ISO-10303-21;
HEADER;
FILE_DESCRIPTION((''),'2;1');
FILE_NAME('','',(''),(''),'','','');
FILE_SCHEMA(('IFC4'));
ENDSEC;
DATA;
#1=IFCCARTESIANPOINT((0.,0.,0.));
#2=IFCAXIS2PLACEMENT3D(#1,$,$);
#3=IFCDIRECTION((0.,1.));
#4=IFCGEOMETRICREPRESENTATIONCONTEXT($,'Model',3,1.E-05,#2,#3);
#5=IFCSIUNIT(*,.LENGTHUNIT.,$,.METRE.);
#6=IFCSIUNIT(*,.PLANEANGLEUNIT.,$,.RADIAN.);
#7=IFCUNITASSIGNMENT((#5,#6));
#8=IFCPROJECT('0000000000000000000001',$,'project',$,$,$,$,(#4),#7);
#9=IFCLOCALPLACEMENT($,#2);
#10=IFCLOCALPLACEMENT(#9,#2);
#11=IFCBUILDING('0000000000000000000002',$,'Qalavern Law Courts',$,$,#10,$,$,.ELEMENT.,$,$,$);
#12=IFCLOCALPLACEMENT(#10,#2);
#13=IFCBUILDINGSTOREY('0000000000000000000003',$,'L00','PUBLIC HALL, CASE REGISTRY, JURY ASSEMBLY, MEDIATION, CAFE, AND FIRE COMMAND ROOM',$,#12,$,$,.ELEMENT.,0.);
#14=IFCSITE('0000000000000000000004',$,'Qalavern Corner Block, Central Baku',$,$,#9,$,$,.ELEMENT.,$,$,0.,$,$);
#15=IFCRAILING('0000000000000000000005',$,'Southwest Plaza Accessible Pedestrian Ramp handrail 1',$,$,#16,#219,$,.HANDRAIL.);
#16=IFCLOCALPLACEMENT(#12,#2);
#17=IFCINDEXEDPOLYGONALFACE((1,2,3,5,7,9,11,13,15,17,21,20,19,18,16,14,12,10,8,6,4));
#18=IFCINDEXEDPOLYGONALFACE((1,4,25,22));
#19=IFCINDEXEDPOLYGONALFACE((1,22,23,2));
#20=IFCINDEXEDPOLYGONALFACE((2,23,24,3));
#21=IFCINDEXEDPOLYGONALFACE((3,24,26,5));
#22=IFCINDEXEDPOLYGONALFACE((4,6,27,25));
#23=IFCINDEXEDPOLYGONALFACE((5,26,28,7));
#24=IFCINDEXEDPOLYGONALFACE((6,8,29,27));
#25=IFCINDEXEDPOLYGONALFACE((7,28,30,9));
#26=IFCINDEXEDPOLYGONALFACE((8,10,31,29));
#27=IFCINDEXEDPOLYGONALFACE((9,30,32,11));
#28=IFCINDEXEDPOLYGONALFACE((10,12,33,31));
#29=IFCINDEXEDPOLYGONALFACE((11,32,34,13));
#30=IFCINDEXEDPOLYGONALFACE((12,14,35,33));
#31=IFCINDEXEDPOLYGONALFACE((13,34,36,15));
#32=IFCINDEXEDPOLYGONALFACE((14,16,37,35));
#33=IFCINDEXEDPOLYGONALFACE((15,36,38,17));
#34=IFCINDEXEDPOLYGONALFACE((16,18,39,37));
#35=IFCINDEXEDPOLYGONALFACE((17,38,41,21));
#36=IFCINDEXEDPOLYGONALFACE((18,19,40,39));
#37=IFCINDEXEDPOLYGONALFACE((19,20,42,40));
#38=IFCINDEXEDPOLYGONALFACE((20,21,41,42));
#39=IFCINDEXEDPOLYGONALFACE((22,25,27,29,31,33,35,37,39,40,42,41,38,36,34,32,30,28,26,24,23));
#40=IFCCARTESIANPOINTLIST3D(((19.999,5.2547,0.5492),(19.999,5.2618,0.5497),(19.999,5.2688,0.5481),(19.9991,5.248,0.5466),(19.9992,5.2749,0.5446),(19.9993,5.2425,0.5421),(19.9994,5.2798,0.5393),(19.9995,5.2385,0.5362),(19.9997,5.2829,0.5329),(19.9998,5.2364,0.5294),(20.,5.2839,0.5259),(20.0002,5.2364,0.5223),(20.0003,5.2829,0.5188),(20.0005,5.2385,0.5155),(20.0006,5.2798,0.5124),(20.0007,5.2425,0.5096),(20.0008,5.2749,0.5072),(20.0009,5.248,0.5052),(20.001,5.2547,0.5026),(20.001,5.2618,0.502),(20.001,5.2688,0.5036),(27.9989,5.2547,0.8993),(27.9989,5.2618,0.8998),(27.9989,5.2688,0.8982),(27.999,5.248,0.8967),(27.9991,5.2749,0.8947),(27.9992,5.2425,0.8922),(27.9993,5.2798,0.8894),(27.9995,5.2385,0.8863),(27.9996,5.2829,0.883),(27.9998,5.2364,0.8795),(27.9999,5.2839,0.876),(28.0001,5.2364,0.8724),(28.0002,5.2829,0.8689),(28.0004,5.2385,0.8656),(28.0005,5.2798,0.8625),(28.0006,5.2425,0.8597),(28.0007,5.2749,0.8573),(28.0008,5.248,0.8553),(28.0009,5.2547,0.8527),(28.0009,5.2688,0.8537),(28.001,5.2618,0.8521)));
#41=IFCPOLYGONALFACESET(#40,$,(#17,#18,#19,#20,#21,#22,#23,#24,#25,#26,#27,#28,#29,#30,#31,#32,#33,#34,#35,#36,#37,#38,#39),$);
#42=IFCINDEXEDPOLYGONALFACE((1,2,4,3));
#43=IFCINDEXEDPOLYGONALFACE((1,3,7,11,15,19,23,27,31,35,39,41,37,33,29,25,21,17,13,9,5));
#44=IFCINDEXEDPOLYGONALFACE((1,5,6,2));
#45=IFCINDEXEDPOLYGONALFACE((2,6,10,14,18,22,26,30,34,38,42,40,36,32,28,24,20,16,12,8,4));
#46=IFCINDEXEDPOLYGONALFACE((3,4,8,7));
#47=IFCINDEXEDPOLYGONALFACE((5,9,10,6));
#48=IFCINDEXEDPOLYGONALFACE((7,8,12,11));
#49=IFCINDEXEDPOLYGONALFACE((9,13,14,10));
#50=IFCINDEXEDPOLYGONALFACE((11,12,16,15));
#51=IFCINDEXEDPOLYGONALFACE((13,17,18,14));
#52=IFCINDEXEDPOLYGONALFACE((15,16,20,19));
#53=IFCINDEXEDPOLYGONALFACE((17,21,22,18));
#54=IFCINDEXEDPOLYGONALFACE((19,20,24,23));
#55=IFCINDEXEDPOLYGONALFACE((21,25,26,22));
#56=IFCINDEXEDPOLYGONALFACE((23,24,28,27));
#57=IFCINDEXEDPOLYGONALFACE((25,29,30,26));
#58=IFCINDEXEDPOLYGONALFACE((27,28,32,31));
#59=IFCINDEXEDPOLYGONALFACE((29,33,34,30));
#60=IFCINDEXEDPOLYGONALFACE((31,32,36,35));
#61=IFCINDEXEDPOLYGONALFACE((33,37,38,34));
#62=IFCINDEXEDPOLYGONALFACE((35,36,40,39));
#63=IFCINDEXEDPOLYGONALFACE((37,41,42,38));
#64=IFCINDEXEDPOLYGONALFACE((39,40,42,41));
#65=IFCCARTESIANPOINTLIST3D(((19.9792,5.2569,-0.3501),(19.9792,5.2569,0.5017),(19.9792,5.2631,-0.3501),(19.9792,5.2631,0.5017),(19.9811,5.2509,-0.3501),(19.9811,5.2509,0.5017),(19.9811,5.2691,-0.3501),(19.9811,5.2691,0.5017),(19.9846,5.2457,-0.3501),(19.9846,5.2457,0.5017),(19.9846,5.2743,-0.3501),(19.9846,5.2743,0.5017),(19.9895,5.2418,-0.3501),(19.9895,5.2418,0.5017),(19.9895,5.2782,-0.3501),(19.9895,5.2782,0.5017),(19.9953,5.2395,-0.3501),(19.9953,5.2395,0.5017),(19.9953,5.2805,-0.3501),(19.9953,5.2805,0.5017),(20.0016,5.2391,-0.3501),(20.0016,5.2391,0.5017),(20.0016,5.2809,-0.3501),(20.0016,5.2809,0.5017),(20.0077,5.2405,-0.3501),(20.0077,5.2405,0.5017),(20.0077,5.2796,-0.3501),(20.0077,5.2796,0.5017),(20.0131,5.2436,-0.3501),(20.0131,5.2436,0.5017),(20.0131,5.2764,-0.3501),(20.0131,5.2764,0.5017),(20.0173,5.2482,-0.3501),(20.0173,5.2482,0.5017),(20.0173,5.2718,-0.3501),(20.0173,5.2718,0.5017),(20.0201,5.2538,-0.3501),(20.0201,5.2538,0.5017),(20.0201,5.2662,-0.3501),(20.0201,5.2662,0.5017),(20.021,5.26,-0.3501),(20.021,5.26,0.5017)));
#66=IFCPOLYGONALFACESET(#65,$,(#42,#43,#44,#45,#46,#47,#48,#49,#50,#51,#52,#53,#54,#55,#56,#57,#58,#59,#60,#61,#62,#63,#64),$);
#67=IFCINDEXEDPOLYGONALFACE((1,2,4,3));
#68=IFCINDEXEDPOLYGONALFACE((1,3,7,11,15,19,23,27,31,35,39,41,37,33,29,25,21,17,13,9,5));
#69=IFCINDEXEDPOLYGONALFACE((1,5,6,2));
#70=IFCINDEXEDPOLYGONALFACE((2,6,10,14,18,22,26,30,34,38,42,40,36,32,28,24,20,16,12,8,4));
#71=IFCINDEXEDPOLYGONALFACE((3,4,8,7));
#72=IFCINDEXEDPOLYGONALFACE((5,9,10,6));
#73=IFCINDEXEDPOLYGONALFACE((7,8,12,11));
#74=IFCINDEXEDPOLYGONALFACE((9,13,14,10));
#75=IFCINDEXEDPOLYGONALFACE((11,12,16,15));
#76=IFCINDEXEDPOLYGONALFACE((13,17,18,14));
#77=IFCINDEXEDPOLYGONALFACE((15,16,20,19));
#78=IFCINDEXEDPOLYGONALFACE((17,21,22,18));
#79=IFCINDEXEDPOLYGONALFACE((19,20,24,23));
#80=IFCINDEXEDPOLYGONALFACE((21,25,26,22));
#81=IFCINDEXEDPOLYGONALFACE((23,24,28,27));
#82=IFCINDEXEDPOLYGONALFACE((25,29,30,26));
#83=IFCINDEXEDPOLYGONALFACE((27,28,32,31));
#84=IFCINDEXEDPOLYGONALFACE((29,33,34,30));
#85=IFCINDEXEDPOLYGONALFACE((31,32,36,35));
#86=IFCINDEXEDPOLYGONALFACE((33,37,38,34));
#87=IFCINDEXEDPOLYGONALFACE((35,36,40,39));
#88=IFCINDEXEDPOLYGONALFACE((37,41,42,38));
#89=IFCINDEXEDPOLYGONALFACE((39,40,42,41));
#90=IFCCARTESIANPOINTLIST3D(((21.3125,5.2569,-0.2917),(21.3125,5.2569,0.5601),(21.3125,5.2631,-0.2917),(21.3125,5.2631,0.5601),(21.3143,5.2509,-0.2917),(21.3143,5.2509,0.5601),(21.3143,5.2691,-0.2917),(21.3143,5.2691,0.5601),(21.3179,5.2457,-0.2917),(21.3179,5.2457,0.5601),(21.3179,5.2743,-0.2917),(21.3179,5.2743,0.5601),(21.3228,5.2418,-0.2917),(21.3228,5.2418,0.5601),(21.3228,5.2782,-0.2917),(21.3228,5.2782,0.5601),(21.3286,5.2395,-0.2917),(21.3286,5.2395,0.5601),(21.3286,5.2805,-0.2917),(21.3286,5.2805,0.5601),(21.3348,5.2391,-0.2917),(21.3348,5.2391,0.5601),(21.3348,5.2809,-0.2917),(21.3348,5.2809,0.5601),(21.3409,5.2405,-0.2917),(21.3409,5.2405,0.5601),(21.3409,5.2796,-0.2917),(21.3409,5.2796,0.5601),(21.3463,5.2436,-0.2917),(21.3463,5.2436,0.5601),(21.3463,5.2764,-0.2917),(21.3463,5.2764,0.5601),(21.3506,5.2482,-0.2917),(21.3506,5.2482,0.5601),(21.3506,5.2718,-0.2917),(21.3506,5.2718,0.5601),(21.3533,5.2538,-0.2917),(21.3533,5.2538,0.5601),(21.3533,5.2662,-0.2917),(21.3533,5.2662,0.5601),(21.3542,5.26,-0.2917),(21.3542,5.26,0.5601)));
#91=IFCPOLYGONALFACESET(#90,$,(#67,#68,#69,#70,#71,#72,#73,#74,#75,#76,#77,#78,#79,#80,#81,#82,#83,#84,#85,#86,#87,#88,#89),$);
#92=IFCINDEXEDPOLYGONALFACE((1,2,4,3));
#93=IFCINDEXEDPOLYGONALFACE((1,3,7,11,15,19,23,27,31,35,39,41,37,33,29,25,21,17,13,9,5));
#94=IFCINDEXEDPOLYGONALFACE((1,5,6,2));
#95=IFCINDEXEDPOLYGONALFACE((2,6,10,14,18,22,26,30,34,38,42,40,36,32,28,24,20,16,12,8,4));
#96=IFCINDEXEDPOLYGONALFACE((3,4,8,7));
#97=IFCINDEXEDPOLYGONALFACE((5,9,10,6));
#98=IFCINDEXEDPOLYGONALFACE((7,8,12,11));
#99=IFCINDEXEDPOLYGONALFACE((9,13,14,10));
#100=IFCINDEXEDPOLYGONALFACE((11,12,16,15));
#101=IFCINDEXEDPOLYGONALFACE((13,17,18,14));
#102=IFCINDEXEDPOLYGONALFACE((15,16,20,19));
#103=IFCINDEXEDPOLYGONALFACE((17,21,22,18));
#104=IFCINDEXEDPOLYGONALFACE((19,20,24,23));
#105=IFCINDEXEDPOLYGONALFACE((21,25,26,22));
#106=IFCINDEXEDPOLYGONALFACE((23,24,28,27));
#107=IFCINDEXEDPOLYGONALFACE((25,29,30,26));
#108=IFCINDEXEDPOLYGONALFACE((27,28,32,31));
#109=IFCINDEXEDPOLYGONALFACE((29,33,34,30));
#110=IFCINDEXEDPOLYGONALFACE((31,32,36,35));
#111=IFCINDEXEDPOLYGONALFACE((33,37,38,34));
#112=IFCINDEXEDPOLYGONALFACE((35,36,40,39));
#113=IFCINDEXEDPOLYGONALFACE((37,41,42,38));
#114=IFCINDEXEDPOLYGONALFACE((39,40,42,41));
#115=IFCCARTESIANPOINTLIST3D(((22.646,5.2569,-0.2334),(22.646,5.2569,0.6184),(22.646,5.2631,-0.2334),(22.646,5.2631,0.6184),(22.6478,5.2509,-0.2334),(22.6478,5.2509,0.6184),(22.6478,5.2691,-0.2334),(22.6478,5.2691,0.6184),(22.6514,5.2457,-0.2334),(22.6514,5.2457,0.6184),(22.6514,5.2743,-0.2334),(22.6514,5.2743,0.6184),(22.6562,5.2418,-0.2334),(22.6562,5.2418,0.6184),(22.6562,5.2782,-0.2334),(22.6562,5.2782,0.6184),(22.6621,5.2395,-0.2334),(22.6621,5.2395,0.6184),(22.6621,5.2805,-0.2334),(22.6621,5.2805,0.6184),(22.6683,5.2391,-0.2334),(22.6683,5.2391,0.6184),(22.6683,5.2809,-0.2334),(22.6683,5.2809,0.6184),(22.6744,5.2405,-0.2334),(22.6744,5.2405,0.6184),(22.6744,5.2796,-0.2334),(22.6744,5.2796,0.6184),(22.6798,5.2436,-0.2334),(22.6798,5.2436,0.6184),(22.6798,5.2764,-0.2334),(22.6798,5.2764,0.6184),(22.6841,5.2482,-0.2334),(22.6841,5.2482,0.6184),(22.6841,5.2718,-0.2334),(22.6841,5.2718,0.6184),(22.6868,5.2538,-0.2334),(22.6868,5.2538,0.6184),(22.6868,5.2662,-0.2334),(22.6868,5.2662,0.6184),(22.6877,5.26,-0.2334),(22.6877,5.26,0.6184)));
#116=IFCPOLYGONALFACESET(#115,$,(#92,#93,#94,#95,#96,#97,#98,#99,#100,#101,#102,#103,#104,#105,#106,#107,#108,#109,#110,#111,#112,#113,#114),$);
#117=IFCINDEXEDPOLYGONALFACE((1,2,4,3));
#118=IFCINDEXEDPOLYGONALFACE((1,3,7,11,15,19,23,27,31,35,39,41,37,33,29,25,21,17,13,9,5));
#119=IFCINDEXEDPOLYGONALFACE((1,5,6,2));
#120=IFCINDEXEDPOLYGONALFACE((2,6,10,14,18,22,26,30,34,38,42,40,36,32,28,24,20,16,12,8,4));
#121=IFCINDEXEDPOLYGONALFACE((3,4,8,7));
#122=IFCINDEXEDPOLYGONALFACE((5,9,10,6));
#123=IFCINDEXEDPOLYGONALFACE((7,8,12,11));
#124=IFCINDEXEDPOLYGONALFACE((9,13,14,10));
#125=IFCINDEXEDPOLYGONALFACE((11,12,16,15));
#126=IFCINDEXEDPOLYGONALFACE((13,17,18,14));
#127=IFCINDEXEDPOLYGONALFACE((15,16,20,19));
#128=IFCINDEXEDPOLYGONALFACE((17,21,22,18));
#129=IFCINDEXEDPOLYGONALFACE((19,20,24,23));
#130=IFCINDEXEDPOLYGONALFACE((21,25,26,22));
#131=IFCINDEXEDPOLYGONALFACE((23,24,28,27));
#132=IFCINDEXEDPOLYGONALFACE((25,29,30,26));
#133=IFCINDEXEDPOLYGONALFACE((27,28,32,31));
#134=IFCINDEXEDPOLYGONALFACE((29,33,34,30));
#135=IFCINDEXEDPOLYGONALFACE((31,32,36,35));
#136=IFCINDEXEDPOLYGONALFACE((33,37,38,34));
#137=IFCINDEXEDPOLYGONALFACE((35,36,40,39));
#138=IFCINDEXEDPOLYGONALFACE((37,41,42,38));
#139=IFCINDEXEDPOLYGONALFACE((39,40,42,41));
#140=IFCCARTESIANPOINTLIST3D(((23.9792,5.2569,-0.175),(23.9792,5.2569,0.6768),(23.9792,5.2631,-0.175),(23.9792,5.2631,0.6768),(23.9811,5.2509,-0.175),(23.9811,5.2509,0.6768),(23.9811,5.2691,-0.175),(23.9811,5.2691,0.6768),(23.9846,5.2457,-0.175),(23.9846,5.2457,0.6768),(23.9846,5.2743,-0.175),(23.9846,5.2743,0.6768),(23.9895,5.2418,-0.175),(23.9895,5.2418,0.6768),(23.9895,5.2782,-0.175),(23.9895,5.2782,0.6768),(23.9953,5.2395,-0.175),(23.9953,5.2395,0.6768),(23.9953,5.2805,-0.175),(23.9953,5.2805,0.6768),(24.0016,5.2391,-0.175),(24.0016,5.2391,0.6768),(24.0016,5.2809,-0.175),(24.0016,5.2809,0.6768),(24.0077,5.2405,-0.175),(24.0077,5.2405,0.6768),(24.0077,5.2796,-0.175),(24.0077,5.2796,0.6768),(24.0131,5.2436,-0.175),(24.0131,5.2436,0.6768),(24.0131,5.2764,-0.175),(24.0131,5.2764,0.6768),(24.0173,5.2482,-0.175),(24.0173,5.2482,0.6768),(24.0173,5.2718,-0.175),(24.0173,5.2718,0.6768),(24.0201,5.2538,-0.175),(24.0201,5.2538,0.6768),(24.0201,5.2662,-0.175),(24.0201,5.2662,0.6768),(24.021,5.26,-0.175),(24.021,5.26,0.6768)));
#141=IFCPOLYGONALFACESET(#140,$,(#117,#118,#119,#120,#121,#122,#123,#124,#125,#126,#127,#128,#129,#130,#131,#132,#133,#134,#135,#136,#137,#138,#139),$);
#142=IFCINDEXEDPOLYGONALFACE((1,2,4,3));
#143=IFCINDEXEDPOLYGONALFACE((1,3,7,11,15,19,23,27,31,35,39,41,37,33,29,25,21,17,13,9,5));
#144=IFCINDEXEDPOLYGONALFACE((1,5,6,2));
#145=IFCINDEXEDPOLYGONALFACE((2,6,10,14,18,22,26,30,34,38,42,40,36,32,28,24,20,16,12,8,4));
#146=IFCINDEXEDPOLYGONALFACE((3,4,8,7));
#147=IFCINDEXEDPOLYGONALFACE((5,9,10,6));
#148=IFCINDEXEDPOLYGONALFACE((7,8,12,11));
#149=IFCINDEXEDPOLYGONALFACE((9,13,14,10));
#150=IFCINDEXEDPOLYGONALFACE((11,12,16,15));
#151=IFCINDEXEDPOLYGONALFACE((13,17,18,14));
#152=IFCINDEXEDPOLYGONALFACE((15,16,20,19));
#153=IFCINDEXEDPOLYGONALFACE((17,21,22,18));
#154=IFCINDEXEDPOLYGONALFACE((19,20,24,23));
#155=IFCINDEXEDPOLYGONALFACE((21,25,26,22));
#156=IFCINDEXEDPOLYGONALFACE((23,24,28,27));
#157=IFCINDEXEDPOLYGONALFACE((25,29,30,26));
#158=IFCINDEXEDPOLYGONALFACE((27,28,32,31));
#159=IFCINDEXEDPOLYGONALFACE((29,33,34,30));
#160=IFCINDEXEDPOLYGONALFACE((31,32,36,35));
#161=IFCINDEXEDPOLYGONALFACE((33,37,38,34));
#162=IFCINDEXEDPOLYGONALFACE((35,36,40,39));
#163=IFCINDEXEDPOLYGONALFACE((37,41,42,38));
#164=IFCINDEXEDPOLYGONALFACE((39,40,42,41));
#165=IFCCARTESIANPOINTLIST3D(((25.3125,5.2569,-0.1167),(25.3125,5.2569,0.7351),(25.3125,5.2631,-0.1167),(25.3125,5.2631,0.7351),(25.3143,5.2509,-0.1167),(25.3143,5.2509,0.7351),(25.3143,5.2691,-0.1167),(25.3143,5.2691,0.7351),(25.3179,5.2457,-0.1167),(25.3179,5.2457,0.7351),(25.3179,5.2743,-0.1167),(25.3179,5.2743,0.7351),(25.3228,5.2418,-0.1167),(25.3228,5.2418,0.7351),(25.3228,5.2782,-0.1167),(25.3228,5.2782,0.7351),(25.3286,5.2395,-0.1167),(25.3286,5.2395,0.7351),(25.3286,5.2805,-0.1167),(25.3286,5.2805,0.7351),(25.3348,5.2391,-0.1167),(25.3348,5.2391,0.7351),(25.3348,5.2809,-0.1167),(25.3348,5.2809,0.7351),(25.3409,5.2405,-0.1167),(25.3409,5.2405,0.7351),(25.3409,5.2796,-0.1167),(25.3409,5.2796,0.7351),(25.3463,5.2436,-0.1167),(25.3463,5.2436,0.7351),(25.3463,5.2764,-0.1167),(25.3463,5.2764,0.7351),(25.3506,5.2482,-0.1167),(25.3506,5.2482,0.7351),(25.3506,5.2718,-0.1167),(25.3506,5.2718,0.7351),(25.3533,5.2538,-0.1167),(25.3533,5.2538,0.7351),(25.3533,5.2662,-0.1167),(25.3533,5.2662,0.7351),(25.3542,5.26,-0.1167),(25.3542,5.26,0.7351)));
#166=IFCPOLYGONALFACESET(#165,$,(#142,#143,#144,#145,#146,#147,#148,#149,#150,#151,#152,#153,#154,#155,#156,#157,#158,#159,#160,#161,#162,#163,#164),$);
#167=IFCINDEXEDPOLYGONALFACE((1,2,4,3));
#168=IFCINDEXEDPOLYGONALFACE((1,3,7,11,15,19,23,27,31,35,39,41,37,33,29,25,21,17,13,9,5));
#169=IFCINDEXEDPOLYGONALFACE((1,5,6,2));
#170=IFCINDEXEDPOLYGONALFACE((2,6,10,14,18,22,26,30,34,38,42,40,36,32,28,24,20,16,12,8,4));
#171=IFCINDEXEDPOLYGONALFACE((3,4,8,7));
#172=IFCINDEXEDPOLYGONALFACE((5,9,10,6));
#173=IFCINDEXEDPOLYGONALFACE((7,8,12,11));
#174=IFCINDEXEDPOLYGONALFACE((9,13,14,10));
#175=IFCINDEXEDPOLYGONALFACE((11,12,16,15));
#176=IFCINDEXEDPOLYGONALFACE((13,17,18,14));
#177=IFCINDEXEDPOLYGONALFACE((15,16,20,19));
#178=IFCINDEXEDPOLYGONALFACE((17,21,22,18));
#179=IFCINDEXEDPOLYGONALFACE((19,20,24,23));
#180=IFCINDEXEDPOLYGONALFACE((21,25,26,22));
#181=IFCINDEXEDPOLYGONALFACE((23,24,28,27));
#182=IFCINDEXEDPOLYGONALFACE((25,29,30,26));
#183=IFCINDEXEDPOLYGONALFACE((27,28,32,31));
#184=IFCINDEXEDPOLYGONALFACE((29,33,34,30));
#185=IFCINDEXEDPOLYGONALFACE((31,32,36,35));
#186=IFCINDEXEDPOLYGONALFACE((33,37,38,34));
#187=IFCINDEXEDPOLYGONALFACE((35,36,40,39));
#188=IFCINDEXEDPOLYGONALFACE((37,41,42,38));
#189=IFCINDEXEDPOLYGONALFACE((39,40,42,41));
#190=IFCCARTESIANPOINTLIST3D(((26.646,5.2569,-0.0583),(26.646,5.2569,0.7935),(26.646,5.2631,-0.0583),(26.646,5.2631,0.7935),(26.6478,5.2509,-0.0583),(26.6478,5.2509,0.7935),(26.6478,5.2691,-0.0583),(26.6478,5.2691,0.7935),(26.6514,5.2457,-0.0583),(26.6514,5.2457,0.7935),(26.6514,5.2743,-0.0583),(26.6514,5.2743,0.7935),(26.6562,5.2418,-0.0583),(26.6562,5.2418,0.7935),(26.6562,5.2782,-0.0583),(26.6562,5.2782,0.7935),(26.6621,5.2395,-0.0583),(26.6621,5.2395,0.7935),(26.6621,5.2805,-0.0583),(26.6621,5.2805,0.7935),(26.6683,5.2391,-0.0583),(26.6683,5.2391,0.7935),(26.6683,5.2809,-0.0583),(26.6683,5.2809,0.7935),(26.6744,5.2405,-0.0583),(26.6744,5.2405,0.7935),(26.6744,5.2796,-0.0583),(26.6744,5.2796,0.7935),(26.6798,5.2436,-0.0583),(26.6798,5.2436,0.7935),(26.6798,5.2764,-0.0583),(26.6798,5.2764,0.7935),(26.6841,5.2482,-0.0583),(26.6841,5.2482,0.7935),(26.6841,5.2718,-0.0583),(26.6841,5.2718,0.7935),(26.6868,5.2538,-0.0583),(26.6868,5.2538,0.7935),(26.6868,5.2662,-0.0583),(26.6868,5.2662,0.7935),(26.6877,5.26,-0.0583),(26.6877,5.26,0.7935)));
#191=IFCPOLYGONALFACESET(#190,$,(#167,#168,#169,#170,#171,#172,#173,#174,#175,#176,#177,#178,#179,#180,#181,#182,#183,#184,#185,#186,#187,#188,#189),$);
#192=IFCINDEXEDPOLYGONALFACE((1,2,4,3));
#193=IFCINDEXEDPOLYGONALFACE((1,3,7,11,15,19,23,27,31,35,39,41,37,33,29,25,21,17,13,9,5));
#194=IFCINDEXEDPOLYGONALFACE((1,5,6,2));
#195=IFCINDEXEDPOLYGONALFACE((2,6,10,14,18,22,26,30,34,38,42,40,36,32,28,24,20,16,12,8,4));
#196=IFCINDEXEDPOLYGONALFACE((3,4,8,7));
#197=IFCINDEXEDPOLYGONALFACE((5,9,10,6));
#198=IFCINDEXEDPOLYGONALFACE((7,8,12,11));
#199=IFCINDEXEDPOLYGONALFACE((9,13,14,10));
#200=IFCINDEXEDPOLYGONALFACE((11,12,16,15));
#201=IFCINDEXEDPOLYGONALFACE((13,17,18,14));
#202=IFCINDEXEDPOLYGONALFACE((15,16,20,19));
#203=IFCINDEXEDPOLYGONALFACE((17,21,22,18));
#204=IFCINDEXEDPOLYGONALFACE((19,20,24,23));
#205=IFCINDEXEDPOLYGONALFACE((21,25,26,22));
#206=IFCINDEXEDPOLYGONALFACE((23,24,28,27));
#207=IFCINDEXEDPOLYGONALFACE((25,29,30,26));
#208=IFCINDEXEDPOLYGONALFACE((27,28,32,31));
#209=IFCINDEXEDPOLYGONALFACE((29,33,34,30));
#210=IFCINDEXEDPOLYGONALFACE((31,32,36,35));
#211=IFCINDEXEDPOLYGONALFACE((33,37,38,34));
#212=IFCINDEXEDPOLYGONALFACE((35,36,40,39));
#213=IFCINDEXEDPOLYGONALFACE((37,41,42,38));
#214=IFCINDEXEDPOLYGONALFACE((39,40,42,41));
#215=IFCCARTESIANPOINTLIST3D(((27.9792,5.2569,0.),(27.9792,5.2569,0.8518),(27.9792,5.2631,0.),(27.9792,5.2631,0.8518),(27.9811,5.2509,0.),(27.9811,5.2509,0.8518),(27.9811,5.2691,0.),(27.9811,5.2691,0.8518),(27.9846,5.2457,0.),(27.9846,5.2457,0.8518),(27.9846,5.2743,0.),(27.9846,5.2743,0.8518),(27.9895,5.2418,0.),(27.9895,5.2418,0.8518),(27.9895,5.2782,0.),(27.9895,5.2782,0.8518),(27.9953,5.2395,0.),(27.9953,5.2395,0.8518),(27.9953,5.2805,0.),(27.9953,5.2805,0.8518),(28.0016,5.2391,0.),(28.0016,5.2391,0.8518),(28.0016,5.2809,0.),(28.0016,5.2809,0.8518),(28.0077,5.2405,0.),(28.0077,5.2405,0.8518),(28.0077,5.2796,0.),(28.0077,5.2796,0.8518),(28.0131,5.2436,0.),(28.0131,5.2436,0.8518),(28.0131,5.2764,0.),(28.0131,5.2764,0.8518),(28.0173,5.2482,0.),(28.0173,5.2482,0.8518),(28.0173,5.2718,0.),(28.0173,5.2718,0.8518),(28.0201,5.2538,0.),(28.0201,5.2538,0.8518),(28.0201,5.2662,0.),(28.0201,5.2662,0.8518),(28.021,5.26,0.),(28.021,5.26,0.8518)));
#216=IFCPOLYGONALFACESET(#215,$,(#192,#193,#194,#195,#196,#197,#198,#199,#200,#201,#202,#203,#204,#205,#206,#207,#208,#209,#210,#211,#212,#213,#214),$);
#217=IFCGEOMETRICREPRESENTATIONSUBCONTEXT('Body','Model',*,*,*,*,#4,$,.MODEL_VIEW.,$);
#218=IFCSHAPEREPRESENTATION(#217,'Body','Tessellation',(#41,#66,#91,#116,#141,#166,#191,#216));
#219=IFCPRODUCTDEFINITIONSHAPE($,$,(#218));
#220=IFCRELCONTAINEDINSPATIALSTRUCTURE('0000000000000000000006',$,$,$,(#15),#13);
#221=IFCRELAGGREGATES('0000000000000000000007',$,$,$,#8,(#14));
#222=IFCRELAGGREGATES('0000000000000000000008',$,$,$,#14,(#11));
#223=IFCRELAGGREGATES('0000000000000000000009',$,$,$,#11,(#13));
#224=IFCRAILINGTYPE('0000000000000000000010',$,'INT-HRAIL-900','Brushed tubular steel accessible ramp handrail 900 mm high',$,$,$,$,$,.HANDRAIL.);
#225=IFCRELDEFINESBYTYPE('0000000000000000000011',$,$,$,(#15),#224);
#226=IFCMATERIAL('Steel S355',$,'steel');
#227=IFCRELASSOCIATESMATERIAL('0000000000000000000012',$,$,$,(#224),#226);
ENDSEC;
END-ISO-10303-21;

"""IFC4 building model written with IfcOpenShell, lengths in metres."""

from ifc_helpers import new_model, si_unit, direction, frame, origin, origin_2d, place, context, subcontext, project, spatial, circle, extrude, material, type_object, element, save


model = new_model("IFC4")

# Units and contexts
model_context = context("Model", 3, precision=1e-05, world=origin(), true_north=direction((0.0, 1.0)))
body_context = subcontext(model_context, "Body", "Model", "MODEL_VIEW")
ifc_project = project(units=[si_unit("LENGTHUNIT", "METRE"), si_unit("PLANEANGLEUNIT", "RADIAN")], contexts=[model_context])

# Site, building, storey
site_placement = place(None, origin())
site = spatial("IfcSite", under=ifc_project, at=site_placement, Name="Qalavern Corner Block, Central Baku", CompositionType="ELEMENT", RefElevation=0.0)
building_placement = place(site_placement, origin())
building = spatial("IfcBuilding", under=site, at=building_placement, Name="Qalavern Law Courts", CompositionType="ELEMENT")
storey_placement = place(building_placement, origin())
storey = spatial("IfcBuildingStorey", under=building, at=storey_placement, Name="L00", Description="PUBLIC HALL, CASE REGISTRY, JURY ASSEMBLY, MEDIATION, CAFE, AND FIRE COMMAND ROOM", CompositionType="ELEMENT", Elevation=0.0)

# Shared definitions
ifc_material_1 = material(Name="Steel S355", Category="steel")

# Railing
railing_type = type_object("IfcRailingType", Name="INT-HRAIL-900", Description="Brushed tubular steel accessible ramp handrail 900 mm high", PredefinedType="HANDRAIL", material=ifc_material_1)
for number, where, name in (
    (1, (20.0, 5.26, -0.3501), "Southwest Plaza Accessible Pedestrian Ramp handrail 1"),
):
    element("IfcRailing", number, at=place(storey_placement, frame(where)), inside=storey, type_object=railing_type, Name=name, PredefinedType="HANDRAIL", context=body_context, shape_type="SweptSolid", body=[
        extrude(circle(Radius=0.0239, at=origin_2d()), frame((0.0, 0.0, 0.876), z_axis=(0.999044, 0.0, 0.04372), x_axis=(0.0, 1.0, 0.0)), (0.0, 0.0, 1.0), 8.0076),
        extrude(circle(Radius=0.021, at=origin_2d()), origin(), (0.0, 0.0, 1.0), 0.8518),
        extrude(circle(Radius=0.021, at=origin_2d()), frame((1.3333, 0.0, 0.0583)), (0.0, 0.0, 1.0), 0.8518),
        extrude(circle(Radius=0.021, at=origin_2d()), frame((2.6667, 0.0, 0.1167)), (0.0, 0.0, 1.0), 0.8518),
        extrude(circle(Radius=0.021, at=origin_2d()), frame((4.0, 0.0, 0.175)), (0.0, 0.0, 1.0), 0.8518),
        extrude(circle(Radius=0.021, at=origin_2d()), frame((5.3333, 0.0, 0.2334)), (0.0, 0.0, 1.0), 0.8518),
        extrude(circle(Radius=0.021, at=origin_2d()), frame((6.6667, 0.0, 0.2917)), (0.0, 0.0, 1.0), 0.8518),
        extrude(circle(Radius=0.021, at=origin_2d()), frame((8.0, 0.0, 0.3501)), (0.0, 0.0, 1.0), 0.8518),
    ])

save(model, "model.ifc")
